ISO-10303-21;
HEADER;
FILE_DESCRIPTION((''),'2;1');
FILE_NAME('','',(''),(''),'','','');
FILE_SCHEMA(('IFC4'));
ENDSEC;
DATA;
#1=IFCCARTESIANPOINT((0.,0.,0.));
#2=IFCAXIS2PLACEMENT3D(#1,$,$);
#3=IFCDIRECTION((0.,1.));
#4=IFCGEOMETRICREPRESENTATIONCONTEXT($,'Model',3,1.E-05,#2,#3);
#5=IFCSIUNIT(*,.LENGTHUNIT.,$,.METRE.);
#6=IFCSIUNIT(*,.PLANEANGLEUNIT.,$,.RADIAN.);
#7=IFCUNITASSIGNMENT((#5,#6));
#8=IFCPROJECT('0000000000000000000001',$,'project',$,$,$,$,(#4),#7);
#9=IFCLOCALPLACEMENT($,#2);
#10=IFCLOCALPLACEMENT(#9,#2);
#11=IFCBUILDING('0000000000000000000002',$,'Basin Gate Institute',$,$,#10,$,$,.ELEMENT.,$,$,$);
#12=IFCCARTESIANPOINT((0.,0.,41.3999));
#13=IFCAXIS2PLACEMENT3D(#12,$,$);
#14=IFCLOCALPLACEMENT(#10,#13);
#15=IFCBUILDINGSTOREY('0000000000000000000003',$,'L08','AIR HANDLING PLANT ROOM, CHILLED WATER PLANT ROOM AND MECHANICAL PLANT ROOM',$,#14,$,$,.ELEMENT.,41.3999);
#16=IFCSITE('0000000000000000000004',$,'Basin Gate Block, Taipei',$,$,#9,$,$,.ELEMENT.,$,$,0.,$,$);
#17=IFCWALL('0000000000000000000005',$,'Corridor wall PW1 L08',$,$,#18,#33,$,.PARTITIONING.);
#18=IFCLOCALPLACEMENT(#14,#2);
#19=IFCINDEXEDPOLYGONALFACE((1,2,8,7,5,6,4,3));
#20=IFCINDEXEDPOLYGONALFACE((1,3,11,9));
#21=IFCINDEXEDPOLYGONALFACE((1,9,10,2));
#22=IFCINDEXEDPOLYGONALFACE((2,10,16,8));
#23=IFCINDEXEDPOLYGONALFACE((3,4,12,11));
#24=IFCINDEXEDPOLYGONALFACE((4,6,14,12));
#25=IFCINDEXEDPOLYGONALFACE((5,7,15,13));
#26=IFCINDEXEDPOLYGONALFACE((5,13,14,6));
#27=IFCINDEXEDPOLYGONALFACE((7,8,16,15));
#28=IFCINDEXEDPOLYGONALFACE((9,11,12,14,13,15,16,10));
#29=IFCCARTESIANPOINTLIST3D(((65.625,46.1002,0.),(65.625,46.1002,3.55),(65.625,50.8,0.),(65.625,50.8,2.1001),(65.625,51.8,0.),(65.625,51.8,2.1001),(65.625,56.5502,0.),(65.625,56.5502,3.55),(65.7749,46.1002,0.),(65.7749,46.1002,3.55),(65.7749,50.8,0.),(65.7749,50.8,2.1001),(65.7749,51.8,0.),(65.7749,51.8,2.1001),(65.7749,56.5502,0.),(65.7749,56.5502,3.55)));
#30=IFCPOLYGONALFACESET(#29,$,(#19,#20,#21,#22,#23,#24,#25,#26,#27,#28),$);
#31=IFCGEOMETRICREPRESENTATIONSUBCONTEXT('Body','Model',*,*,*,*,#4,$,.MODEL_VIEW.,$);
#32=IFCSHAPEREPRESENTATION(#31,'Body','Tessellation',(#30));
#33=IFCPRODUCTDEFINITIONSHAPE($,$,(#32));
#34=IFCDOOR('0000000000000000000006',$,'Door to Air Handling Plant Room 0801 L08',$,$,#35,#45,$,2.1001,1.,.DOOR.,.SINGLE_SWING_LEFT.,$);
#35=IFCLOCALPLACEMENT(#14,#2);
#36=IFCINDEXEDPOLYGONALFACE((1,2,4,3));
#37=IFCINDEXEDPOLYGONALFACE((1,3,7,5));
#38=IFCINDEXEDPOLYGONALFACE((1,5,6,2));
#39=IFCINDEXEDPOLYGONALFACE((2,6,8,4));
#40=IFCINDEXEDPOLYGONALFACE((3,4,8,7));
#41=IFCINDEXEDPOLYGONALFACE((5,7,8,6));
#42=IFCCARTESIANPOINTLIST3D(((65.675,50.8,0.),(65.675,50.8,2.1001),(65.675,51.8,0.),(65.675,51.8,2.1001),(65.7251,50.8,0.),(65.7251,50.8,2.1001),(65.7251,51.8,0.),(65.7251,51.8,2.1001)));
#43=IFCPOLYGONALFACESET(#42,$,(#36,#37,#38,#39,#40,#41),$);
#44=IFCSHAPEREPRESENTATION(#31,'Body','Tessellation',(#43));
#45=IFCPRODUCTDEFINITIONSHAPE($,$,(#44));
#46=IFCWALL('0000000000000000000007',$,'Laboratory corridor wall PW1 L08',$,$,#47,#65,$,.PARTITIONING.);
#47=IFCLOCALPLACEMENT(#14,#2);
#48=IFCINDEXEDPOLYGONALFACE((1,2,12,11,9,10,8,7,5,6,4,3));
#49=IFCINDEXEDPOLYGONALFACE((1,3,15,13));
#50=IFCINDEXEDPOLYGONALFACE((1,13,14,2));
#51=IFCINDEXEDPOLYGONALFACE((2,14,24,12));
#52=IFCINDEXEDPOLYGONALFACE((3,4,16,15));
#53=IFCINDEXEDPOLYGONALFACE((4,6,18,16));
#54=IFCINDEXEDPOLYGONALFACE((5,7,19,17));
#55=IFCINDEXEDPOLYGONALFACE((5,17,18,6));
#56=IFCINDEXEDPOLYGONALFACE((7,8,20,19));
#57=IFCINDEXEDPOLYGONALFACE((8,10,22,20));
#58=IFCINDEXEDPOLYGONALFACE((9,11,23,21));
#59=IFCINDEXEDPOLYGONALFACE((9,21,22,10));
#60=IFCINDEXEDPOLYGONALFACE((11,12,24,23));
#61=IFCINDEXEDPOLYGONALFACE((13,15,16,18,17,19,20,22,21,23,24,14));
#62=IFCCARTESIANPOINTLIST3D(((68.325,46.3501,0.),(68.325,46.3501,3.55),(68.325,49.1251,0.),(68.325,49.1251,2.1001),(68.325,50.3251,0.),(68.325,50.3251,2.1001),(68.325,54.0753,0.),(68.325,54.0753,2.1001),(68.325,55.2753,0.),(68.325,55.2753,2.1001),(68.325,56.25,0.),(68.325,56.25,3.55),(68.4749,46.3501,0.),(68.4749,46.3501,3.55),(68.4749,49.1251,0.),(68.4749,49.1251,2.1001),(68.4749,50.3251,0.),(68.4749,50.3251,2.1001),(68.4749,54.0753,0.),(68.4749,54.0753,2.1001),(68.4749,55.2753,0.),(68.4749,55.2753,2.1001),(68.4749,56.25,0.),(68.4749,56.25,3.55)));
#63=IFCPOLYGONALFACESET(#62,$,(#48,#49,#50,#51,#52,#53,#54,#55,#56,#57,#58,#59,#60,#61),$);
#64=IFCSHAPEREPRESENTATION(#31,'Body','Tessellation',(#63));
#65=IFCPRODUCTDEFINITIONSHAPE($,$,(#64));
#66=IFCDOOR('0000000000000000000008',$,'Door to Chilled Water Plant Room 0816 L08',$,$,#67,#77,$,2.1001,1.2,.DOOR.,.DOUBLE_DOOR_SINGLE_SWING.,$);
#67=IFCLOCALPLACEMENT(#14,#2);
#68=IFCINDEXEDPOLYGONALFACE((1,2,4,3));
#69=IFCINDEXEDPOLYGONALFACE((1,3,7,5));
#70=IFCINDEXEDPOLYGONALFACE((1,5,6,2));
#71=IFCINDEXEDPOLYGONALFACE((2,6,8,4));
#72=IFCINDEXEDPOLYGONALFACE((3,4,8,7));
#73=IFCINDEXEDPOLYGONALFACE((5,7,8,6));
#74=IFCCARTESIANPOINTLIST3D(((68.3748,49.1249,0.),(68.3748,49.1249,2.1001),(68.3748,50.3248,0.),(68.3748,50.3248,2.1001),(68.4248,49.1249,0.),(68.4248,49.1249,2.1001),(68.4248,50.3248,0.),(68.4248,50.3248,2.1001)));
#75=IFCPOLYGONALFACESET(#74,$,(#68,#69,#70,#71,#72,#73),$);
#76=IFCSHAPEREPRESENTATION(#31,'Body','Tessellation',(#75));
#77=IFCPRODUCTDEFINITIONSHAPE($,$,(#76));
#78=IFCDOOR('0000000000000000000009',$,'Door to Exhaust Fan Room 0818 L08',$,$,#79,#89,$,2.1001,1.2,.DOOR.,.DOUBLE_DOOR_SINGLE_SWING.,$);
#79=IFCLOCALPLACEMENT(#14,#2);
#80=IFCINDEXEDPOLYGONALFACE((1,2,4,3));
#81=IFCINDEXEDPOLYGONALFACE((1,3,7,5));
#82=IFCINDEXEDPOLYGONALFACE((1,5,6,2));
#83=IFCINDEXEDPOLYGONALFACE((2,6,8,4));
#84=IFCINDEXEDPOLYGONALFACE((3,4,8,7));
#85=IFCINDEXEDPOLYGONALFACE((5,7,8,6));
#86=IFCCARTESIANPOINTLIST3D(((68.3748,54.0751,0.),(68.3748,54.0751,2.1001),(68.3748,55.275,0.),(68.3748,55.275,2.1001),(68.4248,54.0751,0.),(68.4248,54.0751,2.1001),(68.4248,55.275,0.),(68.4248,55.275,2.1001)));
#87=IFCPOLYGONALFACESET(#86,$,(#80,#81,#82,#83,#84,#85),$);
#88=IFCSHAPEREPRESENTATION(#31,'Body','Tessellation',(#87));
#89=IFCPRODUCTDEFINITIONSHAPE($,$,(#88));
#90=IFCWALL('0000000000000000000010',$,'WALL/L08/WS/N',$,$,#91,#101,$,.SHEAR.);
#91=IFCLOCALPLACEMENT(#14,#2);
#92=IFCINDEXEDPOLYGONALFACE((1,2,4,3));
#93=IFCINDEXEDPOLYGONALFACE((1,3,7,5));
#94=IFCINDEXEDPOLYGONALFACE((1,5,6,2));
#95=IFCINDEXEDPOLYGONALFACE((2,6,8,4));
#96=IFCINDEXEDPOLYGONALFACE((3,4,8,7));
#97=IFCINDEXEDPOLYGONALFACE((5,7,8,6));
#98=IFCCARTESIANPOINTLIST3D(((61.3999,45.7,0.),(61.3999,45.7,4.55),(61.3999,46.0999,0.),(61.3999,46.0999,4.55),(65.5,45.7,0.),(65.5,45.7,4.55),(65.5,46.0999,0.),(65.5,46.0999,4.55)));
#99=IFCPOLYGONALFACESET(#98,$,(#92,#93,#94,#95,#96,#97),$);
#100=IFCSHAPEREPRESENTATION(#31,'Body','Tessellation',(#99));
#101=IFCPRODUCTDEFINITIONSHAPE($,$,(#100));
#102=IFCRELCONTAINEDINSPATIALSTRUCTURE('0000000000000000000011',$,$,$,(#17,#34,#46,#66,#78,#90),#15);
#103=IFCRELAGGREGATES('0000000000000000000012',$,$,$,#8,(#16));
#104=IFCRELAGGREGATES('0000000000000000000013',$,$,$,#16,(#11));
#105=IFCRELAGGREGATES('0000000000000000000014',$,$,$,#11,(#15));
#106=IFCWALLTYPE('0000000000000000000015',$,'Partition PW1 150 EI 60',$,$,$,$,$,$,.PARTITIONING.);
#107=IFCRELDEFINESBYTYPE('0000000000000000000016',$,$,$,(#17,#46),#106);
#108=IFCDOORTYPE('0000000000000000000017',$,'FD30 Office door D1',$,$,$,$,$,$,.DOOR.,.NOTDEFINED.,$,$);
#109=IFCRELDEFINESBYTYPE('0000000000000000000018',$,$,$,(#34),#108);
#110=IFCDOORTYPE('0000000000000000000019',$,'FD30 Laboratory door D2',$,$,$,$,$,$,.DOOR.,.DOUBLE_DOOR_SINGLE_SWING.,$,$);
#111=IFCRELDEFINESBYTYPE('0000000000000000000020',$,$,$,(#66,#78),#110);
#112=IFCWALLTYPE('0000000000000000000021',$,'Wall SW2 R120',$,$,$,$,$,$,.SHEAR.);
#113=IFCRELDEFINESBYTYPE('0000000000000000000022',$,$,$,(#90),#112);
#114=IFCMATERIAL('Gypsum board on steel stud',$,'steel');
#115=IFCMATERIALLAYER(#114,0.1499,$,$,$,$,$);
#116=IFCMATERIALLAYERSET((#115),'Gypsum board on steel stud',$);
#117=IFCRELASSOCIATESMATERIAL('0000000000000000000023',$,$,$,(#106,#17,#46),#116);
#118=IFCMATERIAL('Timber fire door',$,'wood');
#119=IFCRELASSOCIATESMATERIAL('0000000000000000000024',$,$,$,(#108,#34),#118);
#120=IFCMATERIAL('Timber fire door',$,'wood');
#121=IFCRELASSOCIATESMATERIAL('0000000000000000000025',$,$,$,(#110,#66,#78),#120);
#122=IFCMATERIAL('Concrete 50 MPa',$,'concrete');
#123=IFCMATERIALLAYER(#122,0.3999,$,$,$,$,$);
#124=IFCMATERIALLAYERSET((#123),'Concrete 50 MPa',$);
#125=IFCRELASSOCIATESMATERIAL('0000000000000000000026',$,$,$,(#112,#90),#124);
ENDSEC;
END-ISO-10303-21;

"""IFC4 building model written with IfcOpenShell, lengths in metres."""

from ifc_helpers import new_model, si_unit, direction, frame, frame_2d, origin, place, context, subcontext, project, spatial, rectangle, extrude, material, layer, layer_set, type_object, element, fill, save


model = new_model("IFC4")

# Units and contexts
model_context = context("Model", 3, precision=1e-05, world=origin(), true_north=direction((0.0, 1.0)))
body_context = subcontext(model_context, "Body", "Model", "MODEL_VIEW")
ifc_project = project(units=[si_unit("LENGTHUNIT", "METRE"), si_unit("PLANEANGLEUNIT", "RADIAN")], contexts=[model_context])

# Site, building, storey
site_placement = place(None, origin())
site = spatial("IfcSite", under=ifc_project, at=site_placement, Name="Basin Gate Block, Taipei", CompositionType="ELEMENT", RefElevation=0.0)
building_placement = place(site_placement, origin())
building = spatial("IfcBuilding", under=site, at=building_placement, Name="Basin Gate Institute", CompositionType="ELEMENT")
storey_placement = place(building_placement, frame((0.0, 0.0, 41.3999)))
storey = spatial("IfcBuildingStorey", under=building, at=storey_placement, Name="L08", Description="AIR HANDLING PLANT ROOM, CHILLED WATER PLANT ROOM AND MECHANICAL PLANT ROOM", CompositionType="ELEMENT", Elevation=41.3999)

# Wall, opening, door
ifc_material_1 = material(Name="Gypsum board on steel stud", Category="steel")
ifc_layer_1 = layer(ifc_material_1, 0.1499)
ifc_layer_set_1 = layer_set([ifc_layer_1], Name="Gypsum board on steel stud")
wall_type_1 = type_object("IfcWallType", Name="Partition PW1 150 EI 60", PredefinedType="PARTITIONING", material=ifc_layer_set_1)
wall_1_placement = place(storey_placement, frame((65.7, 46.1001, 0.0), z_axis=(0.0, 0.0, 1.0), x_axis=(0.0, 1.0, 0.0)))
wall_1 = element("IfcWall", 1, at=wall_1_placement, inside=storey, type_object=wall_type_1, material=ifc_layer_set_1, Name="Corridor wall PW1 L08", PredefinedType="PARTITIONING", context=body_context, shape_type="SweptSolid", body=[
    extrude(rectangle(XDim=10.45, YDim=0.1499, at=frame_2d((5.2251, 0.0))), origin(), (0.0, 0.0, 1.0), 3.55),
])
opening_1_placement = place(wall_1_placement, frame((4.7, 0.0, 0.0)))
opening_1 = element("IfcOpeningElement", 2, at=opening_1_placement, cuts=wall_1, PredefinedType="OPENING", context=body_context, shape_type="SweptSolid", body=[
    extrude(rectangle(XDim=1.0, YDim=2.1001, at=frame_2d((0.5, 1.05))), frame((0.0, 0.085, 0.0), z_axis=(0.0, -1.0, 0.0), x_axis=(1.0, 0.0, 0.0)), (0.0, 0.0, 1.0), 0.1699),
])
ifc_material_2 = material(Name="Timber fire door", Category="wood")
door_type_1 = type_object("IfcDoorType", Name="FD30 Office door D1", OperationType="NOTDEFINED", PredefinedType="DOOR", material=ifc_material_2)
door_1_placement = place(opening_1_placement, origin())
door_1 = element("IfcDoor", 3, at=door_1_placement, inside=storey, type_object=door_type_1, material=ifc_material_2, Name="Door to Air Handling Plant Room 0801 L08", OperationType="SINGLE_SWING_LEFT", OverallHeight=2.1001, OverallWidth=1.0, PredefinedType="DOOR", context=body_context, shape_type="SweptSolid", body=[
    extrude(rectangle(XDim=1.0, YDim=2.1001, at=frame_2d((0.5, 1.05))), frame((0.0, 0.0249, 0.0), z_axis=(0.0, -1.0, 0.0), x_axis=(1.0, 0.0, 0.0)), (0.0, 0.0, 1.0), 0.05),
])
fill(opening_1, door_1)

# Wall, openings, doors
wall_2_placement = place(storey_placement, frame((68.3999, 46.3501, 0.0), z_axis=(0.0, 0.0, 1.0), x_axis=(0.0, 1.0, 0.0)))
wall_2 = element("IfcWall", 4, at=wall_2_placement, inside=storey, type_object=wall_type_1, material=ifc_layer_set_1, Name="Laboratory corridor wall PW1 L08", PredefinedType="PARTITIONING", context=body_context, shape_type="SweptSolid", body=[
    extrude(rectangle(XDim=9.8999, YDim=0.1499, at=frame_2d((4.95, 0.0))), origin(), (0.0, 0.0, 1.0), 3.55),
])
opening_2_placement = place(wall_2_placement, frame((2.7749, 0.0, 0.0)))
opening_2 = element("IfcOpeningElement", 5, at=opening_2_placement, cuts=wall_2, PredefinedType="OPENING", context=body_context, shape_type="SweptSolid", body=[
    extrude(rectangle(XDim=1.2, YDim=2.1001, at=frame_2d((0.6001, 1.05))), frame((0.0, 0.085, 0.0), z_axis=(0.0, -1.0, 0.0), x_axis=(1.0, 0.0, 0.0)), (0.0, 0.0, 1.0), 0.1699),
])
opening_3_placement = place(wall_2_placement, frame((7.7251, 0.0, 0.0)))
opening_3 = element("IfcOpeningElement", 6, at=opening_3_placement, cuts=wall_2, PredefinedType="OPENING", context=body_context, shape_type="SweptSolid", body=[
    extrude(rectangle(XDim=1.2, YDim=2.1001, at=frame_2d((0.6001, 1.05))), frame((0.0, 0.085, 0.0), z_axis=(0.0, -1.0, 0.0), x_axis=(1.0, 0.0, 0.0)), (0.0, 0.0, 1.0), 0.1699),
])
ifc_material_3 = material(Name="Timber fire door", Category="wood")
door_type_2 = type_object("IfcDoorType", Name="FD30 Laboratory door D2", OperationType="DOUBLE_DOOR_SINGLE_SWING", PredefinedType="DOOR", material=ifc_material_3)
door_2_placement = place(opening_2_placement, frame((1.2, 0.0, 0.0), z_axis=(0.0, 0.0, 1.0), x_axis=(-1.0, 0.0, 0.0)))
door_2 = element("IfcDoor", 7, at=door_2_placement, inside=storey, type_object=door_type_2, material=ifc_material_3, Name="Door to Chilled Water Plant Room 0816 L08", OperationType="DOUBLE_DOOR_SINGLE_SWING", OverallHeight=2.1001, OverallWidth=1.2, PredefinedType="DOOR", context=body_context, shape_type="SweptSolid", body=[
    extrude(rectangle(XDim=1.2, YDim=2.1001, at=frame_2d((0.6001, 1.05))), frame((0.0, 0.0249, 0.0), z_axis=(0.0, -1.0, 0.0), x_axis=(1.0, 0.0, 0.0)), (0.0, 0.0, 1.0), 0.05),
])
fill(opening_2, door_2)
door_3_placement = place(opening_3_placement, frame((1.2, 0.0, 0.0), z_axis=(0.0, 0.0, 1.0), x_axis=(-1.0, 0.0, 0.0)))
door_3 = element("IfcDoor", 8, at=door_3_placement, inside=storey, type_object=door_type_2, material=ifc_material_3, Name="Door to Exhaust Fan Room 0818 L08", OperationType="DOUBLE_DOOR_SINGLE_SWING", OverallHeight=2.1001, OverallWidth=1.2, PredefinedType="DOOR", context=body_context, shape_type="SweptSolid", body=[
    extrude(rectangle(XDim=1.2, YDim=2.1001, at=frame_2d((0.6001, 1.05))), frame((0.0, 0.0249, 0.0), z_axis=(0.0, -1.0, 0.0), x_axis=(1.0, 0.0, 0.0)), (0.0, 0.0, 1.0), 0.05),
])
fill(opening_3, door_3)

# Wall
ifc_material_4 = material(Name="Concrete 50 MPa", Category="concrete")
ifc_layer_2 = layer(ifc_material_4, 0.3999)
ifc_layer_set_2 = layer_set([ifc_layer_2], Name="Concrete 50 MPa")
wall_type_2 = type_object("IfcWallType", Name="Wall SW2 R120", PredefinedType="SHEAR", material=ifc_layer_set_2)
wall_3_placement = place(storey_placement, frame((61.3999, 45.8999, 0.0), z_axis=(0.0, 0.0, 1.0), x_axis=(1.0, 0.0, 0.0)))
element("IfcWall", 9, at=wall_3_placement, inside=storey, type_object=wall_type_2, material=ifc_layer_set_2, Name="WALL/L08/WS/N", PredefinedType="SHEAR", context=body_context, shape_type="SweptSolid", body=[
    extrude(rectangle(XDim=4.1001, YDim=0.3999, at=frame_2d((2.05, 0.0))), origin(), (0.0, 0.0, 1.0), 4.55),
])

save(model, "model.ifc")
